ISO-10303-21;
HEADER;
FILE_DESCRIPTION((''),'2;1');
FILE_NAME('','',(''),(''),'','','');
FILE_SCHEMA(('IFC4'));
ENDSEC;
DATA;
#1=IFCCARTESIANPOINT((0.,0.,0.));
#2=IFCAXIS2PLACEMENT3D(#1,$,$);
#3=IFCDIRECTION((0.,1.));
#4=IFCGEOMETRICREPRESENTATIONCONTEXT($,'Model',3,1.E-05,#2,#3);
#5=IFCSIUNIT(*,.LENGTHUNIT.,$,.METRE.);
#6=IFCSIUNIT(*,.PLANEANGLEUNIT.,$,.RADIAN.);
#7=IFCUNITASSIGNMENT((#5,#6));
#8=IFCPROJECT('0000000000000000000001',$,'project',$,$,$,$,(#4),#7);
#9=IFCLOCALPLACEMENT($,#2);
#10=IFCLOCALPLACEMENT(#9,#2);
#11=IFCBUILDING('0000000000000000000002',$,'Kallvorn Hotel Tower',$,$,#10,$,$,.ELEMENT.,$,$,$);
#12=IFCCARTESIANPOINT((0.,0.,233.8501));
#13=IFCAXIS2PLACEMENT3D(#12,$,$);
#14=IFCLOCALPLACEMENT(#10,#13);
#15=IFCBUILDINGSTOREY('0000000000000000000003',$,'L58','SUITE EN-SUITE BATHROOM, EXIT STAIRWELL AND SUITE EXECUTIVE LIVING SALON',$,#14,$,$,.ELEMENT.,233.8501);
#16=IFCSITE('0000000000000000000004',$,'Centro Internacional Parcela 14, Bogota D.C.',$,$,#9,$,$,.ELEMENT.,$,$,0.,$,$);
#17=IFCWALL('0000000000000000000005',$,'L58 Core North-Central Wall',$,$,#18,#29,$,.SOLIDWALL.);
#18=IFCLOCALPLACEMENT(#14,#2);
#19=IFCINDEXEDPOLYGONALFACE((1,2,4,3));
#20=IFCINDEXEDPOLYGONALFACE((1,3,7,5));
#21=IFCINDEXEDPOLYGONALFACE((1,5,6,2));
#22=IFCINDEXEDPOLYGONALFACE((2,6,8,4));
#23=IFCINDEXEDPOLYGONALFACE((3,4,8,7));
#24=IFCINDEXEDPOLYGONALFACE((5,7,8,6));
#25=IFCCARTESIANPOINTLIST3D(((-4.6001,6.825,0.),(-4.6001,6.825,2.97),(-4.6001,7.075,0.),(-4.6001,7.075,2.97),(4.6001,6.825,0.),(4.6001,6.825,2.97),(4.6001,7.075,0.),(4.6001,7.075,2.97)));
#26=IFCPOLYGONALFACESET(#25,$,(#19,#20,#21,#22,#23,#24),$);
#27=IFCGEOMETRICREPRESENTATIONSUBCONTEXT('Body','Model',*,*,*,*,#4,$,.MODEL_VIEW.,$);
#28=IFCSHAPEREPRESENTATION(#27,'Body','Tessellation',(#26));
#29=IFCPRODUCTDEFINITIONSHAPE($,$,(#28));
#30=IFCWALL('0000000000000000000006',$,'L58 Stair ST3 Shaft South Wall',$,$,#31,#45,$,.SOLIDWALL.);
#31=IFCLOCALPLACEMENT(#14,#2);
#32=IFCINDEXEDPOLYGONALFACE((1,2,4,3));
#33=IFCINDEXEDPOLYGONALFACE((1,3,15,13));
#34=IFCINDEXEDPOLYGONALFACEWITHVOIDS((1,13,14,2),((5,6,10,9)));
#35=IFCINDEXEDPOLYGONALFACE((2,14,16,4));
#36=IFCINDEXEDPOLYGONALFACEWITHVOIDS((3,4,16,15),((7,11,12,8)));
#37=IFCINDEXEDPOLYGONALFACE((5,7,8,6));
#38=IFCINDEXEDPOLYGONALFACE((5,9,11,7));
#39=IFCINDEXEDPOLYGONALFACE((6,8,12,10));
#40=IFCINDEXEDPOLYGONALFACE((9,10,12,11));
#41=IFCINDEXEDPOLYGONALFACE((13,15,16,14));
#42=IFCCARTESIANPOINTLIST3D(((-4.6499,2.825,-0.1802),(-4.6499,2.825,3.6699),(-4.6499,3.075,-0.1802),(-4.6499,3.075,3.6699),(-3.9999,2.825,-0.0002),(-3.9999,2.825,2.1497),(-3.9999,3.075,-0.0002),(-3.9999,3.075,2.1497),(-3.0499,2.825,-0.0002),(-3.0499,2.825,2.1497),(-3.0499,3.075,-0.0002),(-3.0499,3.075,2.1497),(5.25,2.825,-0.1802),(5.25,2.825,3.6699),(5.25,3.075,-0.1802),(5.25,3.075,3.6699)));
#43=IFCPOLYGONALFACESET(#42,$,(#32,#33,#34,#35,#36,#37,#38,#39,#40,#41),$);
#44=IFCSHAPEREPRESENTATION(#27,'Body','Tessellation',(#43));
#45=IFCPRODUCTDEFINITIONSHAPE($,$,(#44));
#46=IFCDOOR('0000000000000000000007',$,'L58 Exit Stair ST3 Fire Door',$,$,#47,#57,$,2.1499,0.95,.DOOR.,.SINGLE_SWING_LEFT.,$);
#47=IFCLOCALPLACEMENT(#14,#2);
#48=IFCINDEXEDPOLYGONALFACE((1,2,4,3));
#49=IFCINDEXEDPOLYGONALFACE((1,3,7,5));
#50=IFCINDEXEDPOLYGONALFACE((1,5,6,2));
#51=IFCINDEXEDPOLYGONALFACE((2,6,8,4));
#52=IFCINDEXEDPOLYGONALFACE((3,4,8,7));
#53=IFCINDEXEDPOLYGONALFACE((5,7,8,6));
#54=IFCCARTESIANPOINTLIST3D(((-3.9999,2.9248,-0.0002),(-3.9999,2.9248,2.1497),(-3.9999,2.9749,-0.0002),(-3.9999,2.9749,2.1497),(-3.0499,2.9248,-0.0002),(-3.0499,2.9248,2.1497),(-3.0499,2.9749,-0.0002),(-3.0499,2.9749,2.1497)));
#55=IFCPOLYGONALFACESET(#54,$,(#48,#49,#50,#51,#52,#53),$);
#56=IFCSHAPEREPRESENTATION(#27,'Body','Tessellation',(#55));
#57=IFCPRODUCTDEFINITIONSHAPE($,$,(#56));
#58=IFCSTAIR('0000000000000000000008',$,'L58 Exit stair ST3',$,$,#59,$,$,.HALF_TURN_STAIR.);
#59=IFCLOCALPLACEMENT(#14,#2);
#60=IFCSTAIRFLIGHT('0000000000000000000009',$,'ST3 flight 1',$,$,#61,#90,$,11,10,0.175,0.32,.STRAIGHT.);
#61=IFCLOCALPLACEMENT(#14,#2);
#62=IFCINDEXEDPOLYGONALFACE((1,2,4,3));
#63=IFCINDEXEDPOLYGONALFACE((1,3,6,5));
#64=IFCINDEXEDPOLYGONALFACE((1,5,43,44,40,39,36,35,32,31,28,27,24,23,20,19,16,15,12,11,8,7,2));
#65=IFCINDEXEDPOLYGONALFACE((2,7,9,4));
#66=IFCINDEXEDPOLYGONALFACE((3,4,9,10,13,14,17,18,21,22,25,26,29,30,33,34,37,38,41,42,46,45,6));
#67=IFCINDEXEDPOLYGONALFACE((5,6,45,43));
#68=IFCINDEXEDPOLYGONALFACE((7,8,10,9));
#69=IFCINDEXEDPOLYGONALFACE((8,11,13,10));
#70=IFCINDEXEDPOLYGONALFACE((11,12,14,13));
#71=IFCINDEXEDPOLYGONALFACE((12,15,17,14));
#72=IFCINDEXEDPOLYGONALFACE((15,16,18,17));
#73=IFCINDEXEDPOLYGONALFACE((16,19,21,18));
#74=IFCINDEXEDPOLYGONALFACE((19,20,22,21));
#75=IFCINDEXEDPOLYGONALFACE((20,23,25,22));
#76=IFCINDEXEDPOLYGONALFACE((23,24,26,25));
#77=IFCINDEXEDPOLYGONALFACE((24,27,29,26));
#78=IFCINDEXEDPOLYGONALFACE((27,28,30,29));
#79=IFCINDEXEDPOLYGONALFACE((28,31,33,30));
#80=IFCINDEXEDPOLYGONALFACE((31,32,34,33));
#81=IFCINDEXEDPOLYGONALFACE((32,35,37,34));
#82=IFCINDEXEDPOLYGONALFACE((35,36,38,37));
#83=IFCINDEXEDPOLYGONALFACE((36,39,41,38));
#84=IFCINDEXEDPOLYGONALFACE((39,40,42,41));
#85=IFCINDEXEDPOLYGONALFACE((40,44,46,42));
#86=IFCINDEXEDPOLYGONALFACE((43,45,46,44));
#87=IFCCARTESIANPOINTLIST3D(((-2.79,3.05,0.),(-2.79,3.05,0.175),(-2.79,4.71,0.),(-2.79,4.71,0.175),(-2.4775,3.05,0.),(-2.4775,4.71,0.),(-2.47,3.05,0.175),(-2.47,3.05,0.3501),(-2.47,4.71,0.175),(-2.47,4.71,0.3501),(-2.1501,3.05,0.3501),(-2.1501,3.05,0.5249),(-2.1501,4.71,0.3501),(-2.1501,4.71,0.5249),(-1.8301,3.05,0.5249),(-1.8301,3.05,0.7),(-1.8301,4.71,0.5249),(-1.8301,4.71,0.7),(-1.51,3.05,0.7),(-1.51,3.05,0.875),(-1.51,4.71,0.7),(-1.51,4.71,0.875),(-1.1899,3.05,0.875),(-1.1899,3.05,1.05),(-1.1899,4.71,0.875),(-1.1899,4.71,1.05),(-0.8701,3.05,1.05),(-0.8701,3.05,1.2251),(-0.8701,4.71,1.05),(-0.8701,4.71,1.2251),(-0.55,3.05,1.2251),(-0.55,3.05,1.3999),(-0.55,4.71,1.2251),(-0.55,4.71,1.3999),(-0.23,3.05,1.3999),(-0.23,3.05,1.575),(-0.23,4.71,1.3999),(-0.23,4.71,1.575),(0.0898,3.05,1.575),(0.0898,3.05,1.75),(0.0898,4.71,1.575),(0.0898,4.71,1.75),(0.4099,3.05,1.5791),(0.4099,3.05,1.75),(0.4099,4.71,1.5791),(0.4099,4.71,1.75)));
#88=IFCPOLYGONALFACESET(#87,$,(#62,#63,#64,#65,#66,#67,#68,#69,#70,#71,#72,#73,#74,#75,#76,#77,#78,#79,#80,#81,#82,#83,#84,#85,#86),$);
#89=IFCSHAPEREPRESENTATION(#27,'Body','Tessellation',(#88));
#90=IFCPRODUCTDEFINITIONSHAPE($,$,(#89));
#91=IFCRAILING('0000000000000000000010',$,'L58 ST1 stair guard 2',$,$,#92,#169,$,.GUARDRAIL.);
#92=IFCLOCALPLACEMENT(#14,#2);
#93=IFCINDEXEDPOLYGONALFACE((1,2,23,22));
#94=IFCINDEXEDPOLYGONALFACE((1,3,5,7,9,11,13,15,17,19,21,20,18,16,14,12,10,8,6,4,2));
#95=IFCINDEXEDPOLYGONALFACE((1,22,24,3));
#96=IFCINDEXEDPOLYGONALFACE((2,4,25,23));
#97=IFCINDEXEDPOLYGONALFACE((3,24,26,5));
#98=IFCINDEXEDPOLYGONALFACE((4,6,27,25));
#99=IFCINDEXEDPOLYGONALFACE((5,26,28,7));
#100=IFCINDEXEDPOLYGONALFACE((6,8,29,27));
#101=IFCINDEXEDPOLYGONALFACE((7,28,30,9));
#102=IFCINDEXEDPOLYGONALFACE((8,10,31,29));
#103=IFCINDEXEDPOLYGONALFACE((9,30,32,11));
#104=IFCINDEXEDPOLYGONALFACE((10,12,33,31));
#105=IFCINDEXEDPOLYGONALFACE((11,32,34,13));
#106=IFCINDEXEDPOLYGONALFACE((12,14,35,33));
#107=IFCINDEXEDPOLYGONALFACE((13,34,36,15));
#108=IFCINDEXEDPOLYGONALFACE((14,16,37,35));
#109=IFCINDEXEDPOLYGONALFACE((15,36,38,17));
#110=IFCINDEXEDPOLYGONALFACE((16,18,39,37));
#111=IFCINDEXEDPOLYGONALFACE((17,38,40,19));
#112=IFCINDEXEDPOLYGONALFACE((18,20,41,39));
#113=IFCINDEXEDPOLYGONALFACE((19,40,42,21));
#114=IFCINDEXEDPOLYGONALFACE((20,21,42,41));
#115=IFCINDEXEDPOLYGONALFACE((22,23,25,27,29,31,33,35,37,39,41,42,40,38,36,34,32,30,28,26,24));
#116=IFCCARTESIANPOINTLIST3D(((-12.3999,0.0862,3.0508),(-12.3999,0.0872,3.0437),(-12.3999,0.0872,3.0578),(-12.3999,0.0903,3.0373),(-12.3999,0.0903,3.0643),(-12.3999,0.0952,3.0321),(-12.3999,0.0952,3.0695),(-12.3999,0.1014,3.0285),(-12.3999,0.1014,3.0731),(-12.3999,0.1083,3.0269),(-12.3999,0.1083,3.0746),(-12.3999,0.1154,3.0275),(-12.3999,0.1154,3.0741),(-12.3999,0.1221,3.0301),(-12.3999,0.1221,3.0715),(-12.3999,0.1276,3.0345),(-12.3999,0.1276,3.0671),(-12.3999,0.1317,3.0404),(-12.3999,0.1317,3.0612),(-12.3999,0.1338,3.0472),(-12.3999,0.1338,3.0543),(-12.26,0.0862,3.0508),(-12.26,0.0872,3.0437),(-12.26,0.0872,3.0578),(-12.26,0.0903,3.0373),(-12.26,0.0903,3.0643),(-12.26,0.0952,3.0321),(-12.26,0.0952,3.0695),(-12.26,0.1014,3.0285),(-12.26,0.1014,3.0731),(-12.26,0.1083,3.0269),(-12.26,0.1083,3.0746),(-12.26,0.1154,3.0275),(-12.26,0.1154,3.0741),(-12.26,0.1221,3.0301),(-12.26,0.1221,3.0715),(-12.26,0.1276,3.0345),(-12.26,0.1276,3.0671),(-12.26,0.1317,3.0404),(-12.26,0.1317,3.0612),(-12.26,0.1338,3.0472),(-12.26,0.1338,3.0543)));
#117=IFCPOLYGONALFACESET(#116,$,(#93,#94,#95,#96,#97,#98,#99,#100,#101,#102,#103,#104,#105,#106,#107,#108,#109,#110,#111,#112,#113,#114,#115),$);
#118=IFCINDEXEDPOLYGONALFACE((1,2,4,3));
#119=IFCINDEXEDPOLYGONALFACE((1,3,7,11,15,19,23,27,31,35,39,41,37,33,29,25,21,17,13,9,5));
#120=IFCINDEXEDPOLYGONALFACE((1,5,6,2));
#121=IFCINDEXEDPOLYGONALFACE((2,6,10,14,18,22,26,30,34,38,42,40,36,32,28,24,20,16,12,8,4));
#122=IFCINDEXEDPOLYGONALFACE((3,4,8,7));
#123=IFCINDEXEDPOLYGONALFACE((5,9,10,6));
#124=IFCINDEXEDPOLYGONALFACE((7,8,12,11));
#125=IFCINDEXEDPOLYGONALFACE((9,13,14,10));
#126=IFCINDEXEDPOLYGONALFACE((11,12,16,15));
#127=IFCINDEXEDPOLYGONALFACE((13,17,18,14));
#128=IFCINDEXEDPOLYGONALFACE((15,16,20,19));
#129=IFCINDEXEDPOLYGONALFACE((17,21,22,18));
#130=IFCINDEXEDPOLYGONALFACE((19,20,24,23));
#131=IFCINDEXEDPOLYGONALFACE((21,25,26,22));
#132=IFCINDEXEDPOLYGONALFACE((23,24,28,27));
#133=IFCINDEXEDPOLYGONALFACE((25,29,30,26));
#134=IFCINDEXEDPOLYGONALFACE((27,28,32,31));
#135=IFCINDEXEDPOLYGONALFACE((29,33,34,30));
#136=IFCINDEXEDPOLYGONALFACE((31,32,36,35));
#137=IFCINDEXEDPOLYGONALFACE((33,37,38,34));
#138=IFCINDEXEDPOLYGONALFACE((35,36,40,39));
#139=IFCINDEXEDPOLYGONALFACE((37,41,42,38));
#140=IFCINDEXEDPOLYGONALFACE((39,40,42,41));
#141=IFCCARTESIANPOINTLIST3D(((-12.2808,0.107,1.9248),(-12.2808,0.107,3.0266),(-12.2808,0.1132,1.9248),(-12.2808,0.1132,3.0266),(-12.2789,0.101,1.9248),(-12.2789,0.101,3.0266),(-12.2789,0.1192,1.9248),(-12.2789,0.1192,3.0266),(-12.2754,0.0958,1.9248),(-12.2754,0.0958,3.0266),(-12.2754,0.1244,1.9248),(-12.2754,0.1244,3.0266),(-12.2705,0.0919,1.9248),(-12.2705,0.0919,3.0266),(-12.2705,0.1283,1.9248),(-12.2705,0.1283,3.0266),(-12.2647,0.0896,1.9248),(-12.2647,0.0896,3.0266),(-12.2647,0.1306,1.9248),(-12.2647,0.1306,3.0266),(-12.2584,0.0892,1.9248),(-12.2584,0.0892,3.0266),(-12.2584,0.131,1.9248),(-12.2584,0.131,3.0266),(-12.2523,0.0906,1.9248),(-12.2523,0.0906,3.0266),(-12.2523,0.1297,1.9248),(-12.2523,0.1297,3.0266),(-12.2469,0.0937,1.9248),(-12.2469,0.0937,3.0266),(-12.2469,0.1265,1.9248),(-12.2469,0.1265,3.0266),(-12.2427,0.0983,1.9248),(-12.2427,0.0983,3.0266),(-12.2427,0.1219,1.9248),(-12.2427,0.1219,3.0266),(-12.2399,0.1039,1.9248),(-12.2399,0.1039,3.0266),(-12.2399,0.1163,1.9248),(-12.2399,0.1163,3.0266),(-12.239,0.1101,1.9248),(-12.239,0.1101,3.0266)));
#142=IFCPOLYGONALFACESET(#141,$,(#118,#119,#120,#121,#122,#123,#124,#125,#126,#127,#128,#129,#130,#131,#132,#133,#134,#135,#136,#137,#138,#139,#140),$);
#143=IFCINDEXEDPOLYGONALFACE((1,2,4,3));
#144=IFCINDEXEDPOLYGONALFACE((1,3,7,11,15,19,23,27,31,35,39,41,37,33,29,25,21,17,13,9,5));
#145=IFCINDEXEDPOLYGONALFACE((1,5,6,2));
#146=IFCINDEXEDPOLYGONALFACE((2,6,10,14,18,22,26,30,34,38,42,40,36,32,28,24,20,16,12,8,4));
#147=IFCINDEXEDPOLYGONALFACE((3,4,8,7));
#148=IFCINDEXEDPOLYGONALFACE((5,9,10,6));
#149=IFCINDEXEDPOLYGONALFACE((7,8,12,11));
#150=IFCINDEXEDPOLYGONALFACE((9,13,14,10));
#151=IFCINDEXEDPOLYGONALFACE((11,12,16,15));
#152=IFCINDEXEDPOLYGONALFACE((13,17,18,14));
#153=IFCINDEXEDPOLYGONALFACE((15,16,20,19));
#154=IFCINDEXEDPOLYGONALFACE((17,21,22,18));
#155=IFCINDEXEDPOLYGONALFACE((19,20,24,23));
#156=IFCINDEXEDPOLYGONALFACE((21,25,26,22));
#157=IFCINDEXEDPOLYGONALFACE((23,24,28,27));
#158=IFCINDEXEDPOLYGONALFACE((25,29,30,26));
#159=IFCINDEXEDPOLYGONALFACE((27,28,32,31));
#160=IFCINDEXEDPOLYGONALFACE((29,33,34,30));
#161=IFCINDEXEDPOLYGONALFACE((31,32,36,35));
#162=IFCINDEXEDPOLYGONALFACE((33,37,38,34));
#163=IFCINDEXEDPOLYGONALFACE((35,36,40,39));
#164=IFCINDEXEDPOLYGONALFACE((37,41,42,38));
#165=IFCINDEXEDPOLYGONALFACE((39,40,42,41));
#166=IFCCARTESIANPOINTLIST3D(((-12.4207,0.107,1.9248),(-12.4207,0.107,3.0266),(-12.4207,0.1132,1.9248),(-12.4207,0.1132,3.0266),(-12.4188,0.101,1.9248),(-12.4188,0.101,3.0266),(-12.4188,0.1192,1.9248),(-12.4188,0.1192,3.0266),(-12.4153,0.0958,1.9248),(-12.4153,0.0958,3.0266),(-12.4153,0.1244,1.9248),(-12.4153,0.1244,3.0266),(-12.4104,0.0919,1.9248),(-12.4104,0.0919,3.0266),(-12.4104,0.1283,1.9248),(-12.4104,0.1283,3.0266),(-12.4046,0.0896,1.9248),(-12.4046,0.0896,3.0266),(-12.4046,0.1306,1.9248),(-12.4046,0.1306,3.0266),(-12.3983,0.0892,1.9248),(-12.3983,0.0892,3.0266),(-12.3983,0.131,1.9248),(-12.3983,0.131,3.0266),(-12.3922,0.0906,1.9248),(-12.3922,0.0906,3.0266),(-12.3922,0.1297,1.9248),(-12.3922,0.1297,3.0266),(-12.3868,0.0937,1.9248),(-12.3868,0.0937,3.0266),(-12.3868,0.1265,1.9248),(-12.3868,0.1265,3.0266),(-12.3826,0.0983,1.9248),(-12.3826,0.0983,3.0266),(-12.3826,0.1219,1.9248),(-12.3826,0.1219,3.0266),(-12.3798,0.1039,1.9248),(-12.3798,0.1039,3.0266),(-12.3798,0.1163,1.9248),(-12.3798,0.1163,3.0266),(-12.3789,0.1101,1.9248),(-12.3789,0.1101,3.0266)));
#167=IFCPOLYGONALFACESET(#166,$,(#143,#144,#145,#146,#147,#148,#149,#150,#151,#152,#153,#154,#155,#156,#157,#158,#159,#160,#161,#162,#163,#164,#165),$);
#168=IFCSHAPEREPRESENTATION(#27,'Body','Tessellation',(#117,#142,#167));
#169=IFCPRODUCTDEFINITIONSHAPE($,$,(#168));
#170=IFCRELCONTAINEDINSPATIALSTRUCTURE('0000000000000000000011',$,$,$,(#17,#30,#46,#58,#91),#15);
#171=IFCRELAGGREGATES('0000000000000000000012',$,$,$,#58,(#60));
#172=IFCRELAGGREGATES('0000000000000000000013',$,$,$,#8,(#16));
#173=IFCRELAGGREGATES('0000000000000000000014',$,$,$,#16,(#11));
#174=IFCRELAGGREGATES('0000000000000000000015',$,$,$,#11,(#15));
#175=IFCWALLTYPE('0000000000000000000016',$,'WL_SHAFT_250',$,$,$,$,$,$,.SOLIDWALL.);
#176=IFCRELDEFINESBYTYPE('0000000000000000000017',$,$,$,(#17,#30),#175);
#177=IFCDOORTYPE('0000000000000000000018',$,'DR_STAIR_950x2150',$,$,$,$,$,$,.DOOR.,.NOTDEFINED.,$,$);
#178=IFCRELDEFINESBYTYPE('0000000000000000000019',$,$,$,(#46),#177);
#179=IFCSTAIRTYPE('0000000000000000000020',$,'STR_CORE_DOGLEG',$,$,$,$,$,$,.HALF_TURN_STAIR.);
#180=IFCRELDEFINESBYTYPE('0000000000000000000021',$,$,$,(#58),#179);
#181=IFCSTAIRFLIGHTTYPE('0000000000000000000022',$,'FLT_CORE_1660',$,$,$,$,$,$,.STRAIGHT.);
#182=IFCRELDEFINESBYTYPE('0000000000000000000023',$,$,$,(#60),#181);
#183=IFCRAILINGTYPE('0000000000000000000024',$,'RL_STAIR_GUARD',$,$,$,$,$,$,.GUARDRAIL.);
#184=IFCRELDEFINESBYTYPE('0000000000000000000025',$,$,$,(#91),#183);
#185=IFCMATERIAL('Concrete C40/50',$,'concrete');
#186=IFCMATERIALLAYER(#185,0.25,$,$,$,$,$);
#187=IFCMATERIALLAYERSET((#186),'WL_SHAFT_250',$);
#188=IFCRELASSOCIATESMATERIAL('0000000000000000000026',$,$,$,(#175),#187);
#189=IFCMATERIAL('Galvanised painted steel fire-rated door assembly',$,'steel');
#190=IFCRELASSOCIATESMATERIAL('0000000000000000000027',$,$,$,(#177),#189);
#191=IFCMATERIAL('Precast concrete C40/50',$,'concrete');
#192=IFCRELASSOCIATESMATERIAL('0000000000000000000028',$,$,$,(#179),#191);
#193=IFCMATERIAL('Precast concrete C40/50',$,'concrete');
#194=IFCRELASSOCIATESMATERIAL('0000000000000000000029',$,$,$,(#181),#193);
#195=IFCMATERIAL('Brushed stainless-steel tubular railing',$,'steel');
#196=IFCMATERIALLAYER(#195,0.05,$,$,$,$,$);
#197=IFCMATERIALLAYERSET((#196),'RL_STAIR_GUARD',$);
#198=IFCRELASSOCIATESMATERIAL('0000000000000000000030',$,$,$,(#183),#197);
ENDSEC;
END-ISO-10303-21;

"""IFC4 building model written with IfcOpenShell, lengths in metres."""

from ifc_helpers import new_model, si_unit, direction, frame, frame_2d, origin, origin_2d, place, context, subcontext, project, spatial, polyline, rectangle, circle, outline, extrude, material, layer, layer_set, type_object, element, fill, aggregate, save


model = new_model("IFC4")

# Units and contexts
model_context = context("Model", 3, precision=1e-05, world=origin(), true_north=direction((0.0, 1.0)))
body_context = subcontext(model_context, "Body", "Model", "MODEL_VIEW")
ifc_project = project(units=[si_unit("LENGTHUNIT", "METRE"), si_unit("PLANEANGLEUNIT", "RADIAN")], contexts=[model_context])

# Site, building, storey
site_placement = place(None, origin())
site = spatial("IfcSite", under=ifc_project, at=site_placement, Name="Centro Internacional Parcela 14, Bogota D.C.", CompositionType="ELEMENT", RefElevation=0.0)
building_placement = place(site_placement, origin())
building = spatial("IfcBuilding", under=site, at=building_placement, Name="Kallvorn Hotel Tower", CompositionType="ELEMENT")
storey_placement = place(building_placement, frame((0.0, 0.0, 233.8501)))
storey = spatial("IfcBuildingStorey", under=building, at=storey_placement, Name="L58", Description="SUITE EN-SUITE BATHROOM, EXIT STAIRWELL AND SUITE EXECUTIVE LIVING SALON", CompositionType="ELEMENT", Elevation=233.8501)

# Shared definitions
ifc_material_1 = material(Name="Concrete C40/50", Category="concrete")
ifc_layer_1 = layer(ifc_material_1, 0.25)
ifc_layer_set_1 = layer_set([ifc_layer_1], Name="WL_SHAFT_250")
wall_type_1 = type_object("IfcWallType", Name="WL_SHAFT_250", PredefinedType="SOLIDWALL", material=ifc_layer_set_1)

# Wall
wall_1_placement = place(storey_placement, frame((-4.6001, 6.95, 0.0), z_axis=(0.0, 0.0, 1.0), x_axis=(1.0, 0.0, 0.0)))
element("IfcWall", 1, at=wall_1_placement, inside=storey, type_object=wall_type_1, Name="L58 Core North-Central Wall", PredefinedType="SOLIDWALL", context=body_context, shape_type="SweptSolid", body=[
    extrude(rectangle(XDim=9.2002, YDim=0.25, at=frame_2d((4.6001, 0.0))), origin(), (0.0, 0.0, 1.0), 2.97),
])

# Wall, opening, door
wall_2_placement = place(storey_placement, frame((-4.6499, 2.95, -0.1802), z_axis=(0.0, 0.0, 1.0), x_axis=(1.0, 0.0, 0.0)))
wall_2 = element("IfcWall", 2, at=wall_2_placement, inside=storey, type_object=wall_type_1, Name="L58 Stair ST3 Shaft South Wall", PredefinedType="SOLIDWALL", context=body_context, shape_type="SweptSolid", body=[
    extrude(rectangle(XDim=9.8999, YDim=0.25, at=frame_2d((4.95, 0.0))), origin(), (0.0, 0.0, 1.0), 3.8501),
])
opening_1_placement = place(wall_2_placement, frame((0.6499, 0.0, 0.1799)))
opening_1 = element("IfcOpeningElement", 3, at=opening_1_placement, cuts=wall_2, PredefinedType="OPENING", context=body_context, shape_type="SweptSolid", body=[
    extrude(rectangle(XDim=0.95, YDim=2.1499, at=frame_2d((0.4751, 1.075))), frame((0.0, 0.1399, 0.0), z_axis=(0.0, -1.0, 0.0), x_axis=(1.0, 0.0, 0.0)), (0.0, 0.0, 1.0), 0.28),
])
ifc_material_2 = material(Name="Galvanised painted steel fire-rated door assembly", Category="steel")
door_type_1 = type_object("IfcDoorType", Name="DR_STAIR_950x2150", OperationType="NOTDEFINED", PredefinedType="DOOR", material=ifc_material_2)
door_1_placement = place(opening_1_placement, origin())
door_1 = element("IfcDoor", 4, at=door_1_placement, inside=storey, type_object=door_type_1, Name="L58 Exit Stair ST3 Fire Door", OperationType="SINGLE_SWING_LEFT", OverallHeight=2.1499, OverallWidth=0.95, PredefinedType="DOOR", context=body_context, shape_type="SweptSolid", body=[
    extrude(rectangle(XDim=0.95, YDim=2.1499, at=frame_2d((0.4751, 1.075))), frame((0.0, 0.0249, 0.0), z_axis=(0.0, -1.0, 0.0), x_axis=(1.0, 0.0, 0.0)), (0.0, 0.0, 1.0), 0.05),
])
fill(opening_1, door_1)

# Stair, stair flight
ifc_material_3 = material(Name="Precast concrete C40/50", Category="concrete")
stair_type = type_object("IfcStairType", Name="STR_CORE_DOGLEG", PredefinedType="HALF_TURN_STAIR", material=ifc_material_3)
stair_placement = place(storey_placement, origin())
stair = element("IfcStair", 5, at=stair_placement, inside=storey, type_object=stair_type, Name="L58 Exit stair ST3", PredefinedType="HALF_TURN_STAIR")
ifc_material_4 = material(Name="Precast concrete C40/50", Category="concrete")
stair_flight_type = type_object("IfcStairFlightType", Name="FLT_CORE_1660", PredefinedType="STRAIGHT", material=ifc_material_4)
stair_flight_placement = place(storey_placement, frame((-2.79, 3.8799, 0.0), z_axis=(0.0, 0.0, 1.0), x_axis=(1.0, 0.0, 0.0)))
stair_flight = element("IfcStairFlight", 6, at=stair_flight_placement, type_object=stair_flight_type, Name="ST3 flight 1", NumberOfRisers=11, NumberOfTreads=10, PredefinedType="STRAIGHT", RiserHeight=0.175, TreadLength=0.32, context=body_context, shape_type="SweptSolid", body=[
    extrude(outline(polyline([(0.0, 0.0), (0.0, 0.175), (0.3201, 0.175), (0.3201, 0.3501), (0.6399, 0.3501), (0.6399, 0.5249), (0.96, 0.5249), (0.96, 0.7), (1.28, 0.7), (1.28, 0.875), (1.6001, 0.875), (1.6001, 1.05), (1.9199, 1.05), (1.9199, 1.2251), (2.24, 1.2251), (2.24, 1.3999), (2.5601, 1.3999), (2.5601, 1.575), (2.8799, 1.575), (2.8799, 1.75), (3.2, 1.75), (3.2, 1.925), (3.2, 1.5791), (0.3125, 0.0), (0.0, 0.0)])), frame((0.0, 0.8301, 0.0), z_axis=(0.0, -1.0, 0.0), x_axis=(1.0, 0.0, 0.0)), (0.0, 0.0, 1.0), 1.6599),
])
aggregate(stair, [stair_flight])

# Railing
ifc_material_5 = material(Name="Brushed stainless-steel tubular railing", Category="steel")
ifc_layer_2 = layer(ifc_material_5, 0.05)
ifc_layer_set_2 = layer_set([ifc_layer_2], Name="RL_STAIR_GUARD")
railing_type_1 = type_object("IfcRailingType", Name="RL_STAIR_GUARD", PredefinedType="GUARDRAIL", material=ifc_layer_set_2)
railing_1_placement = place(storey_placement, frame((-12.26, 0.1101, 1.9248)))
element("IfcRailing", 7, at=railing_1_placement, inside=storey, type_object=railing_type_1, Name="L58 ST1 stair guard 2", PredefinedType="GUARDRAIL", context=body_context, shape_type="SweptSolid", body=[
    extrude(circle(Radius=0.0239, at=origin_2d()), frame((0.0, 0.0, 1.126), z_axis=(-1.0, 0.0, 0.0), x_axis=(0.0, -1.0, 0.0)), (0.0, 0.0, 1.0), 0.1399),
    extrude(circle(Radius=0.021, at=origin_2d()), origin(), (0.0, 0.0, 1.0), 1.1018),
    extrude(circle(Radius=0.021, at=origin_2d()), frame((-0.1399, 0.0, 0.0)), (0.0, 0.0, 1.0), 1.1018),
])

save(model, "model.ifc")
